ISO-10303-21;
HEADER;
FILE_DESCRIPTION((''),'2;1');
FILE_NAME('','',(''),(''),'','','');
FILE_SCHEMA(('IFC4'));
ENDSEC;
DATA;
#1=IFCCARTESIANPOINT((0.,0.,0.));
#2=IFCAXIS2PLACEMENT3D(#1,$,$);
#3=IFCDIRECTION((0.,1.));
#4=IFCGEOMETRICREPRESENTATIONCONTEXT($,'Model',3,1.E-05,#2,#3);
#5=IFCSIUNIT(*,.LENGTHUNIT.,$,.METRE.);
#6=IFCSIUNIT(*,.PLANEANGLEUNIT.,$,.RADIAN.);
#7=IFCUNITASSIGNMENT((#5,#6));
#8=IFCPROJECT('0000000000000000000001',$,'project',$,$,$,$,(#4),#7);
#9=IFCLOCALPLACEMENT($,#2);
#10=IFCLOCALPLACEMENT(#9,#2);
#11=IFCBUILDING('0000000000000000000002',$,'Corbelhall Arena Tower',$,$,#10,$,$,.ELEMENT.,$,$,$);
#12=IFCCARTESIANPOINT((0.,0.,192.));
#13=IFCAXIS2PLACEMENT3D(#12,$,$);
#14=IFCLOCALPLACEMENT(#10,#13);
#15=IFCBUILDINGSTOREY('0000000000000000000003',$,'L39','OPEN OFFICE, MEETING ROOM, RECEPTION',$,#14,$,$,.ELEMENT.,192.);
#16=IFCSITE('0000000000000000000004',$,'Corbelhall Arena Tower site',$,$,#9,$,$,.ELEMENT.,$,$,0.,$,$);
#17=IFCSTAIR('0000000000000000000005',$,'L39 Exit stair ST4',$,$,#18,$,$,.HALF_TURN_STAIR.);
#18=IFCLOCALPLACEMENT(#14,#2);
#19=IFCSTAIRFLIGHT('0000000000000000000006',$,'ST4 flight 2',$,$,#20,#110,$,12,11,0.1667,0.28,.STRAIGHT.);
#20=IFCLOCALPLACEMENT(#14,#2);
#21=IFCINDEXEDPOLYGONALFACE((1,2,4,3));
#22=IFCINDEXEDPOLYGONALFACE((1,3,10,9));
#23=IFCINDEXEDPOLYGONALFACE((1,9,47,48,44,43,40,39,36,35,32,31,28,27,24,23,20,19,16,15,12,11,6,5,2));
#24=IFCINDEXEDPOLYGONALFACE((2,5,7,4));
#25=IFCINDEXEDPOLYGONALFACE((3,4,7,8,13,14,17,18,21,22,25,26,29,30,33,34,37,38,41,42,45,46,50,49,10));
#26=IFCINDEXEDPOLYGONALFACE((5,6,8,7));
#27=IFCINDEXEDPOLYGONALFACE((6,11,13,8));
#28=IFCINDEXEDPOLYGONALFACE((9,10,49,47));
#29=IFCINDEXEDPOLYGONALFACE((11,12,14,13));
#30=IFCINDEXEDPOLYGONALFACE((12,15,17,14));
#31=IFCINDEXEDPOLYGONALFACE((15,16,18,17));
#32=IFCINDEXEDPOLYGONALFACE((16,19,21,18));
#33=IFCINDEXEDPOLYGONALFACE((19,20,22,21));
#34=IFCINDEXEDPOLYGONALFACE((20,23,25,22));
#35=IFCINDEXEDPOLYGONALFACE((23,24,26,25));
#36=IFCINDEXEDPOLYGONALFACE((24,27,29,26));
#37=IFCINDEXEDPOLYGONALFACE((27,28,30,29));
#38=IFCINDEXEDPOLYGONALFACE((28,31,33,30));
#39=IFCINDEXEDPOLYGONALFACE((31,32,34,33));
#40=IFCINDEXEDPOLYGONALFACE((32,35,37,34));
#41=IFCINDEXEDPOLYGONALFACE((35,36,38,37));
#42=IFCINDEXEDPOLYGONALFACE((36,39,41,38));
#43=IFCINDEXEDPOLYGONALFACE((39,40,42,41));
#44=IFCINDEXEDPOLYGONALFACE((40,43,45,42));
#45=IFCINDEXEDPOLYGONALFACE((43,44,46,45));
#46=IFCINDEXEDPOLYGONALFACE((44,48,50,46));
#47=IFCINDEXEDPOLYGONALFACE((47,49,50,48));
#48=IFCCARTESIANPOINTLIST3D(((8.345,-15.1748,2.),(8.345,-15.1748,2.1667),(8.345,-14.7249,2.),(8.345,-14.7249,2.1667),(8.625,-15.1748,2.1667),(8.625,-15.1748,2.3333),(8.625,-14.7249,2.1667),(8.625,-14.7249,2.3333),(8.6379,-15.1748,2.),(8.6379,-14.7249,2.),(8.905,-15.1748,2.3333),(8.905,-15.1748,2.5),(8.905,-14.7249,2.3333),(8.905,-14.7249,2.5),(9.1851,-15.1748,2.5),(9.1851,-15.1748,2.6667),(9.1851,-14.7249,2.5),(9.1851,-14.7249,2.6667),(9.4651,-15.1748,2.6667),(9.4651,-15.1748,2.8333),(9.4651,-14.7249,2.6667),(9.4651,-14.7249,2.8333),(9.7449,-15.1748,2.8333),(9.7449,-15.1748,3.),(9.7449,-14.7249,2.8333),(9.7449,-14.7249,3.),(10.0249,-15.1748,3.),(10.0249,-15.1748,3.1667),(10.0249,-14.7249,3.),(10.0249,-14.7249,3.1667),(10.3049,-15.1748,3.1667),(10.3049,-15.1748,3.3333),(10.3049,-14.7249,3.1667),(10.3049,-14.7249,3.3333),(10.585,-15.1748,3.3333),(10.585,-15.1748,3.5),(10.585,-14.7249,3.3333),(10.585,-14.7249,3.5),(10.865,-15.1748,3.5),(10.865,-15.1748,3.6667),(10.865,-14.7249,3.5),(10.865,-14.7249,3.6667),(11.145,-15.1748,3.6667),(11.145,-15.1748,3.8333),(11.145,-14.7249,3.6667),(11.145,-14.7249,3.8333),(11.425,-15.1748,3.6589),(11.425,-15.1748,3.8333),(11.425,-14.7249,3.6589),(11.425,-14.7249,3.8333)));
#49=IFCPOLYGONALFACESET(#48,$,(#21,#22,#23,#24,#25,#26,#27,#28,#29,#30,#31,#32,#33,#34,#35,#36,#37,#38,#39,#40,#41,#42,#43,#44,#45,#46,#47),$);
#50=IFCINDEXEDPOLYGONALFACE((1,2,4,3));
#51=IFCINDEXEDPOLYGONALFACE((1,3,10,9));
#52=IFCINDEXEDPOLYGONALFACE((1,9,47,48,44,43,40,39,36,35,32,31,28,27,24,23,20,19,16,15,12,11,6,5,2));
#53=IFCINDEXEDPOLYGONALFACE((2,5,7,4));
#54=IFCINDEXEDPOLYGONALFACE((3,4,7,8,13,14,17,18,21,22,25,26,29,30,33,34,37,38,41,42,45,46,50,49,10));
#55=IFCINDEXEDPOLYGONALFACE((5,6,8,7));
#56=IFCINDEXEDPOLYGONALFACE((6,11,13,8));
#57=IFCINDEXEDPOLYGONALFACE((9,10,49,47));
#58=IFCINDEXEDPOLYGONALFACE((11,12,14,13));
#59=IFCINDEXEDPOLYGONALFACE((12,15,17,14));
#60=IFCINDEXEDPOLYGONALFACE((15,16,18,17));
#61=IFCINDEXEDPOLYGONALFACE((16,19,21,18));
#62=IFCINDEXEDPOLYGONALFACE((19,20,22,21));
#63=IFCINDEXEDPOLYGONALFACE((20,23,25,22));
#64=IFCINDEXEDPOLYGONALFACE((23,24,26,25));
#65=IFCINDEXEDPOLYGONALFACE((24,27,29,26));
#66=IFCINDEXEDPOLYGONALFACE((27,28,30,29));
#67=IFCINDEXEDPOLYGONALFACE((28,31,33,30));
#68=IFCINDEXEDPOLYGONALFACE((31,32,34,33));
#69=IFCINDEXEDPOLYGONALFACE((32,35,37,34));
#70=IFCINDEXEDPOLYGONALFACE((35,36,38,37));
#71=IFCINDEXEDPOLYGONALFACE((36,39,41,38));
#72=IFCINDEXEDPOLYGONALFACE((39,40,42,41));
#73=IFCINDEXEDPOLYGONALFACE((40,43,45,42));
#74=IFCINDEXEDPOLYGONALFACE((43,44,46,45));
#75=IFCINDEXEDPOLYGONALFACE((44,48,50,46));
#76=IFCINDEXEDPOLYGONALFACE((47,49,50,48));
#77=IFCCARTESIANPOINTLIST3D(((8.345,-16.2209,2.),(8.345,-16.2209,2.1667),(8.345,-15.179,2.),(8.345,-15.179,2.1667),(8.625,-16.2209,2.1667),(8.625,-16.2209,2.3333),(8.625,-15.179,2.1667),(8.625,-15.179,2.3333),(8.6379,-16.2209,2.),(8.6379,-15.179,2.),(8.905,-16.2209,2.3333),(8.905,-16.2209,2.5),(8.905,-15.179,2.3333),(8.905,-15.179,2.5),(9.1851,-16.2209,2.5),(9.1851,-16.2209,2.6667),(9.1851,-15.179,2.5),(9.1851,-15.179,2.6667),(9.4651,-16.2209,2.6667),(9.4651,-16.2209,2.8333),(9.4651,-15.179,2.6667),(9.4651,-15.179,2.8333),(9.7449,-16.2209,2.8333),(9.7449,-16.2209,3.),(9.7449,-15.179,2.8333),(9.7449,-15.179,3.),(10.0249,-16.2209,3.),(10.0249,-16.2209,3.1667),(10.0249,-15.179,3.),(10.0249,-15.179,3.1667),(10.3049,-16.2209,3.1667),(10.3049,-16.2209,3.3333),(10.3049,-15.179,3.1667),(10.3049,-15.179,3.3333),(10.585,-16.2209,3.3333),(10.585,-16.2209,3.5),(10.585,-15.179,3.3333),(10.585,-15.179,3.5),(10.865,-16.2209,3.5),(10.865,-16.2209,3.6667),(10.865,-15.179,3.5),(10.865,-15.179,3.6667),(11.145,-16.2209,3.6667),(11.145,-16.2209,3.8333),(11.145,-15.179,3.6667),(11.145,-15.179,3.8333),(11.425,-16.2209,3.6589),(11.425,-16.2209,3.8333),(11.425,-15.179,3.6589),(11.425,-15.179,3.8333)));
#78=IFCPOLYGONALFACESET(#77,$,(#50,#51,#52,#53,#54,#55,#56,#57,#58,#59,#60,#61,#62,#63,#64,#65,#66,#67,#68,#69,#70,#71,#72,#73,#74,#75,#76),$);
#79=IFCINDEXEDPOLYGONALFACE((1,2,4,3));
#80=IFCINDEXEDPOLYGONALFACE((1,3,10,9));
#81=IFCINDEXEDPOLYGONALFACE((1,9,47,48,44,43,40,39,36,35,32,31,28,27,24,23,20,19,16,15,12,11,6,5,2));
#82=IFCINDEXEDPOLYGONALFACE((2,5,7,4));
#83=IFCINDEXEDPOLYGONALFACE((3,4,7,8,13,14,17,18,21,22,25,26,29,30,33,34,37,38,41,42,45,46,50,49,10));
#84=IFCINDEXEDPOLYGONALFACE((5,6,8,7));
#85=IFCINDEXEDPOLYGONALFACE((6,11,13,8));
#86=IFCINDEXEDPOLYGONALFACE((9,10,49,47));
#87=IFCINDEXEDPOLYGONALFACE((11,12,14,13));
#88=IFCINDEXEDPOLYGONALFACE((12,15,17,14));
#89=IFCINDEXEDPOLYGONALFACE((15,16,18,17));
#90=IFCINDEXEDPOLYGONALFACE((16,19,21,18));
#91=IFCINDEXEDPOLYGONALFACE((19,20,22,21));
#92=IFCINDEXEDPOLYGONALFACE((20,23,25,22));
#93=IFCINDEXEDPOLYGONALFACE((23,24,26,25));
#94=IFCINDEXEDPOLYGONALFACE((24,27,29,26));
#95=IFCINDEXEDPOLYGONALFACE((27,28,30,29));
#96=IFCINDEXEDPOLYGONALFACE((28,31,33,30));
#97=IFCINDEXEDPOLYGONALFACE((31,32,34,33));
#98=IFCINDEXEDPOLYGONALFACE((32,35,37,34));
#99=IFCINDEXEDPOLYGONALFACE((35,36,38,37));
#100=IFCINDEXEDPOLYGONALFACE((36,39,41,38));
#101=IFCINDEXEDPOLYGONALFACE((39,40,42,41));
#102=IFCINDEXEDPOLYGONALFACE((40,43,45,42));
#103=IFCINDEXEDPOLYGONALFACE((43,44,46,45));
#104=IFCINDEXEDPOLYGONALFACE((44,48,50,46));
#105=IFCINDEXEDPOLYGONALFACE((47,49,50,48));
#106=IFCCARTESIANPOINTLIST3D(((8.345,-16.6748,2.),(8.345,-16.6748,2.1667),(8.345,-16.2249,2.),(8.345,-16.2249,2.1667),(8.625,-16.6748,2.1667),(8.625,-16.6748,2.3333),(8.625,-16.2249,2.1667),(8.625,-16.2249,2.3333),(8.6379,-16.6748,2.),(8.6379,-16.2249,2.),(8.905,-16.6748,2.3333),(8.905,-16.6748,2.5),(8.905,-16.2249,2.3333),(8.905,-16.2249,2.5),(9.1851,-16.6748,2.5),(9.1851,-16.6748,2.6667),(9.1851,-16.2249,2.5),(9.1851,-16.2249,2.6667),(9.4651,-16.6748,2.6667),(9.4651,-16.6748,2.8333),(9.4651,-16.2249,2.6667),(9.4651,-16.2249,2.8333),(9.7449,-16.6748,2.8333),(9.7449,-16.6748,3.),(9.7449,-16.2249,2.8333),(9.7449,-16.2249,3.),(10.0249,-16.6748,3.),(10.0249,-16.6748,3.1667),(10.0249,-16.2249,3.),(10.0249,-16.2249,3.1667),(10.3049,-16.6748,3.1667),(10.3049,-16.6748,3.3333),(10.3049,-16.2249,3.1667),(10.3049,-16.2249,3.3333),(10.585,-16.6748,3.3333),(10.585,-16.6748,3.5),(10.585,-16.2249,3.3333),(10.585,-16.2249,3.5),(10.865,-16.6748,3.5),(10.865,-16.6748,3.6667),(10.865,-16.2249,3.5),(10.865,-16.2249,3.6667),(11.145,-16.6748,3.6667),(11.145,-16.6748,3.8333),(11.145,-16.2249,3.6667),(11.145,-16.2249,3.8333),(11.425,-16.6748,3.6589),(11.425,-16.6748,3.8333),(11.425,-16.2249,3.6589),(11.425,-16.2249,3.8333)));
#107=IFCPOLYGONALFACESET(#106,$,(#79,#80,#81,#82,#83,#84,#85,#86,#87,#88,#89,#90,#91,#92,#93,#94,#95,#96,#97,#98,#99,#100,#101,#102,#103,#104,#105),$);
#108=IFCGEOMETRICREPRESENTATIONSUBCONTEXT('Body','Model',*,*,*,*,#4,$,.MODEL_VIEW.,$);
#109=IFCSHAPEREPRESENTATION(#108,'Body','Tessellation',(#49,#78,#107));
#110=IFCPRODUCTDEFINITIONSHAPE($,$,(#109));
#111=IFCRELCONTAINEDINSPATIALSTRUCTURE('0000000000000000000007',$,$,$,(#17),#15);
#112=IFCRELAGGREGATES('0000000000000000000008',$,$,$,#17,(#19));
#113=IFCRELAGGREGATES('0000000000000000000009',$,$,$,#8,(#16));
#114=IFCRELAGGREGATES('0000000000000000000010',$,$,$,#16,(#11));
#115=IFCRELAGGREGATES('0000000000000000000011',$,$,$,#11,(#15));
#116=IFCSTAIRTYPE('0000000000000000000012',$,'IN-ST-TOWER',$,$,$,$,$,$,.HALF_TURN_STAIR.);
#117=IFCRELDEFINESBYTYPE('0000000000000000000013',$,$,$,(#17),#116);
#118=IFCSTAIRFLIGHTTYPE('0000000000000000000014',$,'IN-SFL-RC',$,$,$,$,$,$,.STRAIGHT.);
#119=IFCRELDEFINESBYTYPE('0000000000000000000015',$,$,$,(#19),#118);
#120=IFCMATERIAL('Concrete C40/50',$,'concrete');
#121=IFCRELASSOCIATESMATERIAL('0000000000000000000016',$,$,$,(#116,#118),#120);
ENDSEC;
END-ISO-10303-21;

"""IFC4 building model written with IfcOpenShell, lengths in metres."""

from ifc_helpers import new_model, si_unit, direction, frame, origin, place, context, subcontext, project, spatial, polyline, outline, extrude, material, type_object, element, aggregate, save


model = new_model("IFC4")

# Units and contexts
model_context = context("Model", 3, precision=1e-05, world=origin(), true_north=direction((0.0, 1.0)))
body_context = subcontext(model_context, "Body", "Model", "MODEL_VIEW")
ifc_project = project(units=[si_unit("LENGTHUNIT", "METRE"), si_unit("PLANEANGLEUNIT", "RADIAN")], contexts=[model_context])

# Site, building, storey
site_placement = place(None, origin())
site = spatial("IfcSite", under=ifc_project, at=site_placement, Name="Corbelhall Arena Tower site", CompositionType="ELEMENT", RefElevation=0.0)
building_placement = place(site_placement, origin())
building = spatial("IfcBuilding", under=site, at=building_placement, Name="Corbelhall Arena Tower", CompositionType="ELEMENT")
storey_placement = place(building_placement, frame((0.0, 0.0, 192.0)))
storey = spatial("IfcBuildingStorey", under=building, at=storey_placement, Name="L39", Description="OPEN OFFICE, MEETING ROOM, RECEPTION", CompositionType="ELEMENT", Elevation=192.0)

# Shared definitions
ifc_material_1 = material(Name="Concrete C40/50", Category="concrete")

# Stair, stair flight
stair_type = type_object("IfcStairType", Name="IN-ST-TOWER", PredefinedType="HALF_TURN_STAIR", material=ifc_material_1)
stair_placement = place(storey_placement, origin())
stair = element("IfcStair", 1, at=stair_placement, inside=storey, type_object=stair_type, Name="L39 Exit stair ST4", PredefinedType="HALF_TURN_STAIR")
stair_flight_type = type_object("IfcStairFlightType", Name="IN-SFL-RC", PredefinedType="STRAIGHT", material=ifc_material_1)
stair_flight_placement = place(storey_placement, frame((8.345, -15.7, 2.0), z_axis=(0.0, 0.0, 1.0), x_axis=(1.0, 0.0, 0.0)))
stair_flight = element("IfcStairFlight", 2, at=stair_flight_placement, type_object=stair_flight_type, Name="ST4 flight 2", NumberOfRisers=12, NumberOfTreads=11, PredefinedType="STRAIGHT", RiserHeight=0.1667, TreadLength=0.28, context=body_context, shape_type="SweptSolid", body=[
    extrude(outline(polyline([(0.0, 0.0), (0.0, 0.1667), (0.28, 0.1667), (0.28, 0.3333), (0.5601, 0.3333), (0.5601, 0.5), (0.8401, 0.5), (0.8401, 0.6667), (1.1201, 0.6667), (1.1201, 0.8333), (1.3999, 0.8333), (1.3999, 1.0), (1.6799, 1.0), (1.6799, 1.1667), (1.96, 1.1667), (1.96, 1.3333), (2.24, 1.3333), (2.24, 1.5), (2.52, 1.5), (2.52, 1.6667), (2.8, 1.6667), (2.8, 1.8333), (3.0801, 1.8333), (3.0801, 2.0), (3.0801, 1.6589), (0.293, 0.0), (0.0, 0.0)])), frame((0.0, 0.9751, 0.0), z_axis=(0.0, -1.0, 0.0), x_axis=(1.0, 0.0, 0.0)), (0.0, 0.0, 1.0), 0.45),
    extrude(outline(polyline([(0.0, 0.0), (0.0, 0.1667), (0.28, 0.1667), (0.28, 0.3333), (0.5601, 0.3333), (0.5601, 0.5), (0.8401, 0.5), (0.8401, 0.6667), (1.1201, 0.6667), (1.1201, 0.8333), (1.3999, 0.8333), (1.3999, 1.0), (1.6799, 1.0), (1.6799, 1.1667), (1.96, 1.1667), (1.96, 1.3333), (2.24, 1.3333), (2.24, 1.5), (2.52, 1.5), (2.52, 1.6667), (2.8, 1.6667), (2.8, 1.8333), (3.0801, 1.8333), (3.0801, 2.0), (3.0801, 1.6589), (0.293, 0.0), (0.0, 0.0)])), frame((0.0, 0.521, 0.0), z_axis=(0.0, -1.0, 0.0), x_axis=(1.0, 0.0, 0.0)), (0.0, 0.0, 1.0), 1.042),
    extrude(outline(polyline([(0.0, 0.0), (0.0, 0.1667), (0.28, 0.1667), (0.28, 0.3333), (0.5601, 0.3333), (0.5601, 0.5), (0.8401, 0.5), (0.8401, 0.6667), (1.1201, 0.6667), (1.1201, 0.8333), (1.3999, 0.8333), (1.3999, 1.0), (1.6799, 1.0), (1.6799, 1.1667), (1.96, 1.1667), (1.96, 1.3333), (2.24, 1.3333), (2.24, 1.5), (2.52, 1.5), (2.52, 1.6667), (2.8, 1.6667), (2.8, 1.8333), (3.0801, 1.8333), (3.0801, 2.0), (3.0801, 1.6589), (0.293, 0.0), (0.0, 0.0)])), frame((0.0, -0.5249, 0.0), z_axis=(0.0, -1.0, 0.0), x_axis=(1.0, 0.0, 0.0)), (0.0, 0.0, 1.0), 0.45),
])
aggregate(stair, [stair_flight])

save(model, "model.ifc")
